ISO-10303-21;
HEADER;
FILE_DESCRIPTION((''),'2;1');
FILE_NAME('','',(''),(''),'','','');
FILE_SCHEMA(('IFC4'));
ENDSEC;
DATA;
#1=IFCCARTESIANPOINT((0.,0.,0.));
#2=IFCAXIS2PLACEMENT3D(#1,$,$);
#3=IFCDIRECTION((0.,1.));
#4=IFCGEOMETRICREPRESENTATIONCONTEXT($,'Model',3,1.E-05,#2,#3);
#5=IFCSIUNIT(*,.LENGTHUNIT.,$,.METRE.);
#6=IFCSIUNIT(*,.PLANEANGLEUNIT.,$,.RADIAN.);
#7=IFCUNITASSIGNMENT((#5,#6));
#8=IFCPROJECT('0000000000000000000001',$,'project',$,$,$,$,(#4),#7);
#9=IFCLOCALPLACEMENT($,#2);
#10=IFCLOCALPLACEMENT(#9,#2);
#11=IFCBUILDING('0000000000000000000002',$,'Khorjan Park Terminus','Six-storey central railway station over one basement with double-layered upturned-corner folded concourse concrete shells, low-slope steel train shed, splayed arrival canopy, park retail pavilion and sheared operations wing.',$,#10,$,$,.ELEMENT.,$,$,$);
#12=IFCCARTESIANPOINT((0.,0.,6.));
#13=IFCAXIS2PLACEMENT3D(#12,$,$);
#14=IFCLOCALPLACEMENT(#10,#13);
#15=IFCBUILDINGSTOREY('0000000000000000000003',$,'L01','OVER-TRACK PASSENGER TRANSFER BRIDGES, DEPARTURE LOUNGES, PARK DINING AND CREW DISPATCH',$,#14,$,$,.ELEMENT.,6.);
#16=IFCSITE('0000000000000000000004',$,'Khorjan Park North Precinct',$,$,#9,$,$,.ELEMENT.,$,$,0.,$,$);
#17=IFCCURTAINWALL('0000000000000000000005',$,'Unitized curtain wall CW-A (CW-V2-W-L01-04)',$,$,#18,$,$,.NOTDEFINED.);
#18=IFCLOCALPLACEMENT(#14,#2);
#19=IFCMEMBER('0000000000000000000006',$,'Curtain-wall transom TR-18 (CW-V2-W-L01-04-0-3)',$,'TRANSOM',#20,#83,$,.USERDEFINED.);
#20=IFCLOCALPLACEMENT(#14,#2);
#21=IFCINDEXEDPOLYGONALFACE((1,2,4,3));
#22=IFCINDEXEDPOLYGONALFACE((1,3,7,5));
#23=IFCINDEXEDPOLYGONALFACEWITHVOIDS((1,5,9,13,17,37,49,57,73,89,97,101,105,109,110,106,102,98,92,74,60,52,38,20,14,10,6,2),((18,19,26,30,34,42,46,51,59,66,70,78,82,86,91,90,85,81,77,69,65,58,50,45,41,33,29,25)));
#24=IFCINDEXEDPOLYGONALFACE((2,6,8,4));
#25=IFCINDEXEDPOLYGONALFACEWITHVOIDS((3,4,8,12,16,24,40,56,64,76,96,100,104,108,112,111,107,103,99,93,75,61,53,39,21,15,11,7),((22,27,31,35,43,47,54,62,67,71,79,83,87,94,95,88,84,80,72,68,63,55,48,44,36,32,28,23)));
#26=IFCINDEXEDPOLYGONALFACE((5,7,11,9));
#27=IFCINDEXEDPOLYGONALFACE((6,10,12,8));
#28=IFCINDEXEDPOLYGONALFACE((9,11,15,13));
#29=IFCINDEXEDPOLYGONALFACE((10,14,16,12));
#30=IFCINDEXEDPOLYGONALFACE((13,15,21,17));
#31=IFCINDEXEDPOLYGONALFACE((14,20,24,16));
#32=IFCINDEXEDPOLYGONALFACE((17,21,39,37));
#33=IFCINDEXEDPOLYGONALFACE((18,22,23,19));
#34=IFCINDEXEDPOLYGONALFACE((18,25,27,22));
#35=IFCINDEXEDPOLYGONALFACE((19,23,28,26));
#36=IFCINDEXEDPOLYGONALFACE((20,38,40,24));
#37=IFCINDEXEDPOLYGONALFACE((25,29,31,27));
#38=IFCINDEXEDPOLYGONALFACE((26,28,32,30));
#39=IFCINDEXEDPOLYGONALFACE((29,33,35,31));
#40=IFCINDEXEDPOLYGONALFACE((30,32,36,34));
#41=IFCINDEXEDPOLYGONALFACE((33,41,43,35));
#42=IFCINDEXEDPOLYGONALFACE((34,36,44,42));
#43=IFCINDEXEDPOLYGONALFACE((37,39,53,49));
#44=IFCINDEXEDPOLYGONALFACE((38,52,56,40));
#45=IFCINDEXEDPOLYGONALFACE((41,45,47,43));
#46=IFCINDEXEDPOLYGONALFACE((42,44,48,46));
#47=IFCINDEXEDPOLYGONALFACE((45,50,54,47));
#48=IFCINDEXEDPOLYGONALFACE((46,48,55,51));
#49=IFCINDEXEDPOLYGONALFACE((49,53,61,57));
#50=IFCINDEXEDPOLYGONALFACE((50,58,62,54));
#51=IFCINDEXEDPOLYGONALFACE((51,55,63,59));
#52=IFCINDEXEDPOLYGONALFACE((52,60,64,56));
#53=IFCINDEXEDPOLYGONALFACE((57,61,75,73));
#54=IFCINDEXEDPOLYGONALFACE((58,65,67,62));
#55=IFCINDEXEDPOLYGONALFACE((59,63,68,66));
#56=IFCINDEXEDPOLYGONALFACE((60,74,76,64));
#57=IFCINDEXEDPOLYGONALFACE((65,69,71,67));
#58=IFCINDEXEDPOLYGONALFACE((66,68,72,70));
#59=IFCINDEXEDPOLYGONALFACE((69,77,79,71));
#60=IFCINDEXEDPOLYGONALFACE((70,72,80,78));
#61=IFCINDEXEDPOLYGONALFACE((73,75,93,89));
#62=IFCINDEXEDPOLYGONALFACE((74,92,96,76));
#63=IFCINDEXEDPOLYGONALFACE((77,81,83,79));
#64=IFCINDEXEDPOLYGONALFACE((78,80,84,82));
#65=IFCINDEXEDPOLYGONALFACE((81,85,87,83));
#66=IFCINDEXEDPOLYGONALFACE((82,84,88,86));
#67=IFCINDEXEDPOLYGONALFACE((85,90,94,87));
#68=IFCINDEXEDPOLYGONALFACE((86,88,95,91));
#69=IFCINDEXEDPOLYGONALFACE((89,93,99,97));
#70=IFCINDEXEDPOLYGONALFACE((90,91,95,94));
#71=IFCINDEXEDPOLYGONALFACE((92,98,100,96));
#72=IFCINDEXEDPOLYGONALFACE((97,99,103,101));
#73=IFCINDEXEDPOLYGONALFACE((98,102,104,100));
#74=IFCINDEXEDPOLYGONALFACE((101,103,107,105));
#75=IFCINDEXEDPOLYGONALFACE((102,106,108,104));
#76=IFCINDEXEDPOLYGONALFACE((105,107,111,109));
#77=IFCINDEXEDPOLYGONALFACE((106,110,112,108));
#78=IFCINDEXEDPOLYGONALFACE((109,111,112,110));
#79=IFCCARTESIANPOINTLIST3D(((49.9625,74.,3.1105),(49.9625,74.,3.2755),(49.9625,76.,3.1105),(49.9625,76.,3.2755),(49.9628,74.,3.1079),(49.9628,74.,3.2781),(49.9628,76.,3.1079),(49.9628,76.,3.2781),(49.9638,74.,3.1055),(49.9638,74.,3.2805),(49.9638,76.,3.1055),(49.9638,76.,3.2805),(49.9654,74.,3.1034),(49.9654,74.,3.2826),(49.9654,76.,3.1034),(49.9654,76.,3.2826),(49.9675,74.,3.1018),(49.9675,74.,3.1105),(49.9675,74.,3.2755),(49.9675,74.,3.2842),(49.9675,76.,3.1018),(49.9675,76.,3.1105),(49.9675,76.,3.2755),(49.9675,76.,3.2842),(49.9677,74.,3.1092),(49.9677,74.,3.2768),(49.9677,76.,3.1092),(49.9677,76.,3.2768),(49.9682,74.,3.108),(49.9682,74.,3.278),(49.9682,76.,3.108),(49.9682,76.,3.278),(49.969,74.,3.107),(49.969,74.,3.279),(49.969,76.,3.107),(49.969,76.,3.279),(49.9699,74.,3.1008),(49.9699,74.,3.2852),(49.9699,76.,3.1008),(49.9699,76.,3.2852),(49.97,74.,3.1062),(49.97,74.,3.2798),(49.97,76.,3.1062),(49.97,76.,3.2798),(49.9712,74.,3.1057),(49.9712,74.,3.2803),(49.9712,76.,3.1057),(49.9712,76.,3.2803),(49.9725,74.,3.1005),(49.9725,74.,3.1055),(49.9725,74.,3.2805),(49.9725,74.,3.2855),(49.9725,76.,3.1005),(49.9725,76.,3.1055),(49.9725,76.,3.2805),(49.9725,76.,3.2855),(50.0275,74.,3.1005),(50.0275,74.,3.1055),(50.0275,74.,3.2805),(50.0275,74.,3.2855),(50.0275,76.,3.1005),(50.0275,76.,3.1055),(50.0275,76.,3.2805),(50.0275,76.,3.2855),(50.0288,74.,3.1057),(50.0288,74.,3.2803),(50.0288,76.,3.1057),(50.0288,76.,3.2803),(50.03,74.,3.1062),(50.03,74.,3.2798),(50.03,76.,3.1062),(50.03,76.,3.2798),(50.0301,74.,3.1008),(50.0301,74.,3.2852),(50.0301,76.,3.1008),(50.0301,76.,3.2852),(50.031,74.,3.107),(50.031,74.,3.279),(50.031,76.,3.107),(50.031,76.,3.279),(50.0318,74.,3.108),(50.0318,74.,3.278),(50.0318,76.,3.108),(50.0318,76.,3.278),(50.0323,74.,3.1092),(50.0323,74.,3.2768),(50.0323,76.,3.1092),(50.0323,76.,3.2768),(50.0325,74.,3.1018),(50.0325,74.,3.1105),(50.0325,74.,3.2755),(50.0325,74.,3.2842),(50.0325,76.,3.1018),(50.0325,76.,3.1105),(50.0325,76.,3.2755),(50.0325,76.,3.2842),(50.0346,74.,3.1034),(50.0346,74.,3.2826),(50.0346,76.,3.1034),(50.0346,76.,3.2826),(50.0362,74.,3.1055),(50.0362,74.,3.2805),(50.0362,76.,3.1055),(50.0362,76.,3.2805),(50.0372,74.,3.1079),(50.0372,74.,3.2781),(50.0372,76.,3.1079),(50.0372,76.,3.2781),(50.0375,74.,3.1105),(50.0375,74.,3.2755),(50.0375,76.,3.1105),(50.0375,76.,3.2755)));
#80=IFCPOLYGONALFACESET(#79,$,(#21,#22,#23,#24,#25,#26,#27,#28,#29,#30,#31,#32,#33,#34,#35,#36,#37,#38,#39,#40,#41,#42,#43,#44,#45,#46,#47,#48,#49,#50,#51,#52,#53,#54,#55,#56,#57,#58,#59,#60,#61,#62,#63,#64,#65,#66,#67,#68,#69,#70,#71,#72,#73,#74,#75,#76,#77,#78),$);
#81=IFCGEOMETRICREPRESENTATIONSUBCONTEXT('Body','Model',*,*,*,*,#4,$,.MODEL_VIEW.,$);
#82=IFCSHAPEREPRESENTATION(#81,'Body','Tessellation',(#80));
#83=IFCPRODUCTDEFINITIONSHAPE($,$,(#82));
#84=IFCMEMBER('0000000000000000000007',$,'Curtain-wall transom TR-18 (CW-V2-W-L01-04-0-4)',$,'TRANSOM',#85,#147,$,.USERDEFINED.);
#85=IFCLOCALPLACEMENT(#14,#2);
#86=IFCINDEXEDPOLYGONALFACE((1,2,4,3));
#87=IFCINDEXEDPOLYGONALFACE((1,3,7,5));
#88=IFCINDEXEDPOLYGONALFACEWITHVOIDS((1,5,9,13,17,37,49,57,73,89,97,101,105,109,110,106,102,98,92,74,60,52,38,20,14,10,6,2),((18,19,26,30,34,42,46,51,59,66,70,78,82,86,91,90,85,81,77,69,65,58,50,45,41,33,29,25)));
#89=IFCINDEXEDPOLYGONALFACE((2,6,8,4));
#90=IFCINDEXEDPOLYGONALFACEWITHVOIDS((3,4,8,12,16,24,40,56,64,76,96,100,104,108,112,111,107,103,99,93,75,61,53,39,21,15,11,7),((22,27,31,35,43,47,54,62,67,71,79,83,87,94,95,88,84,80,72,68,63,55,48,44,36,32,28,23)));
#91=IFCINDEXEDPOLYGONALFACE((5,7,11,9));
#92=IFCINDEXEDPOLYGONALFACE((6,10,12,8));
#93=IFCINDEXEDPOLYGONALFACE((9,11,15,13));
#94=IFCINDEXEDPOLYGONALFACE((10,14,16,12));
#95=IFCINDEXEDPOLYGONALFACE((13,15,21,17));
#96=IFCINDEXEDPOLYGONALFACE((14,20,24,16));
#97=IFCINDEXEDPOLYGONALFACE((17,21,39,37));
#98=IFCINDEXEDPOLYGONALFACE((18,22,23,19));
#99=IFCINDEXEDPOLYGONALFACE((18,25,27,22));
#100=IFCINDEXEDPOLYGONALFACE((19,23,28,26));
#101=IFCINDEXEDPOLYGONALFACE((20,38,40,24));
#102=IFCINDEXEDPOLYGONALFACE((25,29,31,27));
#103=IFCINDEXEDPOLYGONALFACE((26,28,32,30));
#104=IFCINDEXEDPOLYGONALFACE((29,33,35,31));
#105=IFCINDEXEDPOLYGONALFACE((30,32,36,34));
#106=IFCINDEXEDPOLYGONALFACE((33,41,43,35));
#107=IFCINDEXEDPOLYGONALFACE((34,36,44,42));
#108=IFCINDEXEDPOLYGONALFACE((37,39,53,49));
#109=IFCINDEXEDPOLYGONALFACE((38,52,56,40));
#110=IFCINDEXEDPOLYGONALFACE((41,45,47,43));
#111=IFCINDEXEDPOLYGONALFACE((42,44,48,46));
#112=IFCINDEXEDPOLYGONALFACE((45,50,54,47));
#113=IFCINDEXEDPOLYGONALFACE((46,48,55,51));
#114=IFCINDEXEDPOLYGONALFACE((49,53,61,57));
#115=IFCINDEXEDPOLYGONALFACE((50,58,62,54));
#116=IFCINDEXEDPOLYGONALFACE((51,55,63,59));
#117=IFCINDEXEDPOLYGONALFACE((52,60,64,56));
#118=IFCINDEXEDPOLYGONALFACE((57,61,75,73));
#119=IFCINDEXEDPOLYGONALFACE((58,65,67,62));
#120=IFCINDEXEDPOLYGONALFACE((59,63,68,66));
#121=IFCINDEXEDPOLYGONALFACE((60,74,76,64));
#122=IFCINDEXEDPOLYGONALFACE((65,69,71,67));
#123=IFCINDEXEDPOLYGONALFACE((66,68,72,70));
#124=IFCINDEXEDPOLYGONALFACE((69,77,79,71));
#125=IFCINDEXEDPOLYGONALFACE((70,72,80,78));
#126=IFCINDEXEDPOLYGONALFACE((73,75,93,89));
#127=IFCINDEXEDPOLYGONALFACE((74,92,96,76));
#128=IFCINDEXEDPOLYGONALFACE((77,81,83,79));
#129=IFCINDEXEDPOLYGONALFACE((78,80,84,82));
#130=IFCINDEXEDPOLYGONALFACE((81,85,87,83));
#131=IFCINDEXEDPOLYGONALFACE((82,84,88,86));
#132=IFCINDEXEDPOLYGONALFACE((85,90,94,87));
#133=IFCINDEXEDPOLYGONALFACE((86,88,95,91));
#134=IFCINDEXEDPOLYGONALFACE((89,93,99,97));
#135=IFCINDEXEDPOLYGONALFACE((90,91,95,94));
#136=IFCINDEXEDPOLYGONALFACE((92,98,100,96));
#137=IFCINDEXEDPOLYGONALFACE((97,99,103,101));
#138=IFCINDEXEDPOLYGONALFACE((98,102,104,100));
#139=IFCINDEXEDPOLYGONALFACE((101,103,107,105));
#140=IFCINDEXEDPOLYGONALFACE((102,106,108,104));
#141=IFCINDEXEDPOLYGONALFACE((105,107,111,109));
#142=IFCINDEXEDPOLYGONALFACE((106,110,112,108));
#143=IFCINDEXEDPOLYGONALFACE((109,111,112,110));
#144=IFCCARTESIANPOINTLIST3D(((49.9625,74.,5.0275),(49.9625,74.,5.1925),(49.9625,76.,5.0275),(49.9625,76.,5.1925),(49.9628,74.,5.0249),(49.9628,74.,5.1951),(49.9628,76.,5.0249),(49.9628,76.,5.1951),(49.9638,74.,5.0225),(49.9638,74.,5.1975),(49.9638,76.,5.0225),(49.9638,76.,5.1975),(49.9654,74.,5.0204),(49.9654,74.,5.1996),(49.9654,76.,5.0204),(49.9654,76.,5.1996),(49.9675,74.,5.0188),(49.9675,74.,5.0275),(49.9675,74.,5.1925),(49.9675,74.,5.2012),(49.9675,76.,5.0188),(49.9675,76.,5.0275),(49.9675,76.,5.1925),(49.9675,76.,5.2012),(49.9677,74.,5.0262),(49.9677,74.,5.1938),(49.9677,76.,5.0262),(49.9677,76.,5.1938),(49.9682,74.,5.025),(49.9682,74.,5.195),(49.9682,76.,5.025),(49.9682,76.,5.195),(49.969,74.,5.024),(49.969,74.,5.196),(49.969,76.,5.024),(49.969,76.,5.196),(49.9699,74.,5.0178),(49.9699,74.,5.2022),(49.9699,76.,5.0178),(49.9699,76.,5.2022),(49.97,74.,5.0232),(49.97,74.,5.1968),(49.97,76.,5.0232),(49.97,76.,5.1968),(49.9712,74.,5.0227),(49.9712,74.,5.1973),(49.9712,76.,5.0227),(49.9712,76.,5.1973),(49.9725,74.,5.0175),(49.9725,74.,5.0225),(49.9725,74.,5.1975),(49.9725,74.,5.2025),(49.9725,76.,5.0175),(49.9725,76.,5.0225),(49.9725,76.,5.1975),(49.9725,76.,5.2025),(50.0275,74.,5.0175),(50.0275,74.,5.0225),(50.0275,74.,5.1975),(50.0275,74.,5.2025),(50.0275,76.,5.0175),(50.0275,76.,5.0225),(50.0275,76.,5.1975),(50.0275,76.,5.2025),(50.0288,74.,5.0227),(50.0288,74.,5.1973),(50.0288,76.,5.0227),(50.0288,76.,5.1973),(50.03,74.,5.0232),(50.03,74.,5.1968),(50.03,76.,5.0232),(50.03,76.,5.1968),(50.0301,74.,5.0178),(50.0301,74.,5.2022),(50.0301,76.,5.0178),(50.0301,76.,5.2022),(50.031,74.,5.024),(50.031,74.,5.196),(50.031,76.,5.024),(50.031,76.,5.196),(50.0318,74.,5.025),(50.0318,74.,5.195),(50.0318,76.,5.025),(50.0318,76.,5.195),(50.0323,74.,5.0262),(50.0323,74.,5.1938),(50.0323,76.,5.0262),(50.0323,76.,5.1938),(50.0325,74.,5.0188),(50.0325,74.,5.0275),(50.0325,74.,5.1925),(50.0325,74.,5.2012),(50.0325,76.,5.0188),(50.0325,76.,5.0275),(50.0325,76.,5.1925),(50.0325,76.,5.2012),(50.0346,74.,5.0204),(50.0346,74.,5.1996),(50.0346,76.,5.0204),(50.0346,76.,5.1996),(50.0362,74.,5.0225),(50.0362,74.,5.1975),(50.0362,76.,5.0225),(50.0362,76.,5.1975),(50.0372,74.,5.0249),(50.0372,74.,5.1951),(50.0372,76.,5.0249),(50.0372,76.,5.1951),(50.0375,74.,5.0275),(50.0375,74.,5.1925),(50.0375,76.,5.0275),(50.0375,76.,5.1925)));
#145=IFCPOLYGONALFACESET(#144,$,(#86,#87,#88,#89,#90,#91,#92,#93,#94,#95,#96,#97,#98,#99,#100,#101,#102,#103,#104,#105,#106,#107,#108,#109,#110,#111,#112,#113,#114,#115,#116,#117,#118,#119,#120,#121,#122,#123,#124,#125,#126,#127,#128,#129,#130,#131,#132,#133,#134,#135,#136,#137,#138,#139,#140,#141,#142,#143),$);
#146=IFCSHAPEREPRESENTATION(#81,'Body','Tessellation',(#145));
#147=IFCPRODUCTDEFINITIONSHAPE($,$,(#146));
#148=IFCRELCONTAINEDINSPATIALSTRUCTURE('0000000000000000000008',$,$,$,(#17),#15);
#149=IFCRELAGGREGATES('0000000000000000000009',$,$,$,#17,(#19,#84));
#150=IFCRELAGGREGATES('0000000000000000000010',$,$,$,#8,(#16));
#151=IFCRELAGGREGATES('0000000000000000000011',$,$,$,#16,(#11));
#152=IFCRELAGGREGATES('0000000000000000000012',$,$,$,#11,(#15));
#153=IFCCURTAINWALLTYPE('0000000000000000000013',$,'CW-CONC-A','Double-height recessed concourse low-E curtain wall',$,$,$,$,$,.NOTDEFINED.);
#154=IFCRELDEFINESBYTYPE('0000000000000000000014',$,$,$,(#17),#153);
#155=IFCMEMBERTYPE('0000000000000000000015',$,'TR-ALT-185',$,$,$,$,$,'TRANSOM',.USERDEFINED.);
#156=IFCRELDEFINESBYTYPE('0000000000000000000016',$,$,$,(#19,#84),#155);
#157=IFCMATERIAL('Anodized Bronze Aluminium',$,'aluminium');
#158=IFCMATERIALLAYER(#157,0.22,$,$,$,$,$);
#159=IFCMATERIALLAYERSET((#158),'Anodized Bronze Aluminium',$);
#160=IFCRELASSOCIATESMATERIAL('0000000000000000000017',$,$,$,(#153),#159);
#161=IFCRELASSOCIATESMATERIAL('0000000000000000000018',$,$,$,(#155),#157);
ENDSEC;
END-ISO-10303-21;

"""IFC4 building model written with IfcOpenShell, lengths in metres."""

from ifc_helpers import new_model, si_unit, direction, frame, origin, origin_2d, place, context, subcontext, project, spatial, hollow_rectangle, extrude, material, layer, layer_set, material_profile, profile_set, type_object, element, aggregate, save


model = new_model("IFC4")

# Units and contexts
model_context = context("Model", 3, precision=1e-05, world=origin(), true_north=direction((0.0, 1.0)))
body_context = subcontext(model_context, "Body", "Model", "MODEL_VIEW")
ifc_project = project(units=[si_unit("LENGTHUNIT", "METRE"), si_unit("PLANEANGLEUNIT", "RADIAN")], contexts=[model_context])

# Site, building, storey
site_placement = place(None, origin())
site = spatial("IfcSite", under=ifc_project, at=site_placement, Name="Khorjan Park North Precinct", CompositionType="ELEMENT", RefElevation=0.0)
building_placement = place(site_placement, origin())
building = spatial("IfcBuilding", under=site, at=building_placement, Name="Khorjan Park Terminus", Description="Six-storey central railway station over one basement with double-layered upturned-corner folded concourse concrete shells, low-slope steel train shed, splayed arrival canopy, park retail pavilion and sheared operations wing.", CompositionType="ELEMENT")
storey_placement = place(building_placement, frame((0.0, 0.0, 6.0)))
storey = spatial("IfcBuildingStorey", under=building, at=storey_placement, Name="L01", Description="OVER-TRACK PASSENGER TRANSFER BRIDGES, DEPARTURE LOUNGES, PARK DINING AND CREW DISPATCH", CompositionType="ELEMENT", Elevation=6.0)

# Curtain wall
ifc_material_1 = material(Name="Anodized Bronze Aluminium", Category="aluminium")
ifc_layer_1 = layer(ifc_material_1, 0.22)
ifc_layer_set_1 = layer_set([ifc_layer_1], Name="Anodized Bronze Aluminium")
curtain_wall_type = type_object("IfcCurtainWallType", Name="CW-CONC-A", Description="Double-height recessed concourse low-E curtain wall", PredefinedType="NOTDEFINED", material=ifc_layer_set_1)
curtain_wall_1_placement = place(storey_placement, origin())
curtain_wall_1 = element("IfcCurtainWall", 1, at=curtain_wall_1_placement, inside=storey, type_object=curtain_wall_type, Name="Unitized curtain wall CW-A (CW-V2-W-L01-04)", PredefinedType="NOTDEFINED")

# Members
ifc_material_profile_1 = material_profile(ifc_material_1, hollow_rectangle(XDim=0.075, YDim=0.185, WallThickness=0.005, InnerFilletRadius=0.005, OuterFilletRadius=0.01, at=origin_2d()), Name="ALT 75x185x5")
ifc_profile_set_1 = profile_set([ifc_material_profile_1], Name="Anodized Bronze Aluminium")
member_type_1 = type_object("IfcMemberType", Name="TR-ALT-185", ElementType="TRANSOM", PredefinedType="USERDEFINED", material=ifc_profile_set_1)
member_1_placement = place(storey_placement, frame((50.0, 76.0, 3.193), z_axis=(0.0, -1.0, 0.0), x_axis=(1.0, 0.0, 0.0)))
member_1 = element("IfcMember", 2, at=member_1_placement, type_object=member_type_1, Name="Curtain-wall transom TR-18 (CW-V2-W-L01-04-0-3)", ObjectType="TRANSOM", PredefinedType="USERDEFINED", context=body_context, shape_type="SweptSolid", body=[
    extrude(hollow_rectangle(XDim=0.075, YDim=0.185, WallThickness=0.005, InnerFilletRadius=0.005, OuterFilletRadius=0.01, at=origin_2d()), origin(), (0.0, 0.0, 1.0), 2.0),
])
member_2_placement = place(storey_placement, frame((50.0, 76.0, 5.11), z_axis=(0.0, -1.0, 0.0), x_axis=(1.0, 0.0, 0.0)))
member_2 = element("IfcMember", 3, at=member_2_placement, type_object=member_type_1, Name="Curtain-wall transom TR-18 (CW-V2-W-L01-04-0-4)", ObjectType="TRANSOM", PredefinedType="USERDEFINED", context=body_context, shape_type="SweptSolid", body=[
    extrude(hollow_rectangle(XDim=0.075, YDim=0.185, WallThickness=0.005, InnerFilletRadius=0.005, OuterFilletRadius=0.01, at=origin_2d()), origin(), (0.0, 0.0, 1.0), 2.0),
])

aggregate(curtain_wall_1, [member_1, member_2])

save(model, "model.ifc")
